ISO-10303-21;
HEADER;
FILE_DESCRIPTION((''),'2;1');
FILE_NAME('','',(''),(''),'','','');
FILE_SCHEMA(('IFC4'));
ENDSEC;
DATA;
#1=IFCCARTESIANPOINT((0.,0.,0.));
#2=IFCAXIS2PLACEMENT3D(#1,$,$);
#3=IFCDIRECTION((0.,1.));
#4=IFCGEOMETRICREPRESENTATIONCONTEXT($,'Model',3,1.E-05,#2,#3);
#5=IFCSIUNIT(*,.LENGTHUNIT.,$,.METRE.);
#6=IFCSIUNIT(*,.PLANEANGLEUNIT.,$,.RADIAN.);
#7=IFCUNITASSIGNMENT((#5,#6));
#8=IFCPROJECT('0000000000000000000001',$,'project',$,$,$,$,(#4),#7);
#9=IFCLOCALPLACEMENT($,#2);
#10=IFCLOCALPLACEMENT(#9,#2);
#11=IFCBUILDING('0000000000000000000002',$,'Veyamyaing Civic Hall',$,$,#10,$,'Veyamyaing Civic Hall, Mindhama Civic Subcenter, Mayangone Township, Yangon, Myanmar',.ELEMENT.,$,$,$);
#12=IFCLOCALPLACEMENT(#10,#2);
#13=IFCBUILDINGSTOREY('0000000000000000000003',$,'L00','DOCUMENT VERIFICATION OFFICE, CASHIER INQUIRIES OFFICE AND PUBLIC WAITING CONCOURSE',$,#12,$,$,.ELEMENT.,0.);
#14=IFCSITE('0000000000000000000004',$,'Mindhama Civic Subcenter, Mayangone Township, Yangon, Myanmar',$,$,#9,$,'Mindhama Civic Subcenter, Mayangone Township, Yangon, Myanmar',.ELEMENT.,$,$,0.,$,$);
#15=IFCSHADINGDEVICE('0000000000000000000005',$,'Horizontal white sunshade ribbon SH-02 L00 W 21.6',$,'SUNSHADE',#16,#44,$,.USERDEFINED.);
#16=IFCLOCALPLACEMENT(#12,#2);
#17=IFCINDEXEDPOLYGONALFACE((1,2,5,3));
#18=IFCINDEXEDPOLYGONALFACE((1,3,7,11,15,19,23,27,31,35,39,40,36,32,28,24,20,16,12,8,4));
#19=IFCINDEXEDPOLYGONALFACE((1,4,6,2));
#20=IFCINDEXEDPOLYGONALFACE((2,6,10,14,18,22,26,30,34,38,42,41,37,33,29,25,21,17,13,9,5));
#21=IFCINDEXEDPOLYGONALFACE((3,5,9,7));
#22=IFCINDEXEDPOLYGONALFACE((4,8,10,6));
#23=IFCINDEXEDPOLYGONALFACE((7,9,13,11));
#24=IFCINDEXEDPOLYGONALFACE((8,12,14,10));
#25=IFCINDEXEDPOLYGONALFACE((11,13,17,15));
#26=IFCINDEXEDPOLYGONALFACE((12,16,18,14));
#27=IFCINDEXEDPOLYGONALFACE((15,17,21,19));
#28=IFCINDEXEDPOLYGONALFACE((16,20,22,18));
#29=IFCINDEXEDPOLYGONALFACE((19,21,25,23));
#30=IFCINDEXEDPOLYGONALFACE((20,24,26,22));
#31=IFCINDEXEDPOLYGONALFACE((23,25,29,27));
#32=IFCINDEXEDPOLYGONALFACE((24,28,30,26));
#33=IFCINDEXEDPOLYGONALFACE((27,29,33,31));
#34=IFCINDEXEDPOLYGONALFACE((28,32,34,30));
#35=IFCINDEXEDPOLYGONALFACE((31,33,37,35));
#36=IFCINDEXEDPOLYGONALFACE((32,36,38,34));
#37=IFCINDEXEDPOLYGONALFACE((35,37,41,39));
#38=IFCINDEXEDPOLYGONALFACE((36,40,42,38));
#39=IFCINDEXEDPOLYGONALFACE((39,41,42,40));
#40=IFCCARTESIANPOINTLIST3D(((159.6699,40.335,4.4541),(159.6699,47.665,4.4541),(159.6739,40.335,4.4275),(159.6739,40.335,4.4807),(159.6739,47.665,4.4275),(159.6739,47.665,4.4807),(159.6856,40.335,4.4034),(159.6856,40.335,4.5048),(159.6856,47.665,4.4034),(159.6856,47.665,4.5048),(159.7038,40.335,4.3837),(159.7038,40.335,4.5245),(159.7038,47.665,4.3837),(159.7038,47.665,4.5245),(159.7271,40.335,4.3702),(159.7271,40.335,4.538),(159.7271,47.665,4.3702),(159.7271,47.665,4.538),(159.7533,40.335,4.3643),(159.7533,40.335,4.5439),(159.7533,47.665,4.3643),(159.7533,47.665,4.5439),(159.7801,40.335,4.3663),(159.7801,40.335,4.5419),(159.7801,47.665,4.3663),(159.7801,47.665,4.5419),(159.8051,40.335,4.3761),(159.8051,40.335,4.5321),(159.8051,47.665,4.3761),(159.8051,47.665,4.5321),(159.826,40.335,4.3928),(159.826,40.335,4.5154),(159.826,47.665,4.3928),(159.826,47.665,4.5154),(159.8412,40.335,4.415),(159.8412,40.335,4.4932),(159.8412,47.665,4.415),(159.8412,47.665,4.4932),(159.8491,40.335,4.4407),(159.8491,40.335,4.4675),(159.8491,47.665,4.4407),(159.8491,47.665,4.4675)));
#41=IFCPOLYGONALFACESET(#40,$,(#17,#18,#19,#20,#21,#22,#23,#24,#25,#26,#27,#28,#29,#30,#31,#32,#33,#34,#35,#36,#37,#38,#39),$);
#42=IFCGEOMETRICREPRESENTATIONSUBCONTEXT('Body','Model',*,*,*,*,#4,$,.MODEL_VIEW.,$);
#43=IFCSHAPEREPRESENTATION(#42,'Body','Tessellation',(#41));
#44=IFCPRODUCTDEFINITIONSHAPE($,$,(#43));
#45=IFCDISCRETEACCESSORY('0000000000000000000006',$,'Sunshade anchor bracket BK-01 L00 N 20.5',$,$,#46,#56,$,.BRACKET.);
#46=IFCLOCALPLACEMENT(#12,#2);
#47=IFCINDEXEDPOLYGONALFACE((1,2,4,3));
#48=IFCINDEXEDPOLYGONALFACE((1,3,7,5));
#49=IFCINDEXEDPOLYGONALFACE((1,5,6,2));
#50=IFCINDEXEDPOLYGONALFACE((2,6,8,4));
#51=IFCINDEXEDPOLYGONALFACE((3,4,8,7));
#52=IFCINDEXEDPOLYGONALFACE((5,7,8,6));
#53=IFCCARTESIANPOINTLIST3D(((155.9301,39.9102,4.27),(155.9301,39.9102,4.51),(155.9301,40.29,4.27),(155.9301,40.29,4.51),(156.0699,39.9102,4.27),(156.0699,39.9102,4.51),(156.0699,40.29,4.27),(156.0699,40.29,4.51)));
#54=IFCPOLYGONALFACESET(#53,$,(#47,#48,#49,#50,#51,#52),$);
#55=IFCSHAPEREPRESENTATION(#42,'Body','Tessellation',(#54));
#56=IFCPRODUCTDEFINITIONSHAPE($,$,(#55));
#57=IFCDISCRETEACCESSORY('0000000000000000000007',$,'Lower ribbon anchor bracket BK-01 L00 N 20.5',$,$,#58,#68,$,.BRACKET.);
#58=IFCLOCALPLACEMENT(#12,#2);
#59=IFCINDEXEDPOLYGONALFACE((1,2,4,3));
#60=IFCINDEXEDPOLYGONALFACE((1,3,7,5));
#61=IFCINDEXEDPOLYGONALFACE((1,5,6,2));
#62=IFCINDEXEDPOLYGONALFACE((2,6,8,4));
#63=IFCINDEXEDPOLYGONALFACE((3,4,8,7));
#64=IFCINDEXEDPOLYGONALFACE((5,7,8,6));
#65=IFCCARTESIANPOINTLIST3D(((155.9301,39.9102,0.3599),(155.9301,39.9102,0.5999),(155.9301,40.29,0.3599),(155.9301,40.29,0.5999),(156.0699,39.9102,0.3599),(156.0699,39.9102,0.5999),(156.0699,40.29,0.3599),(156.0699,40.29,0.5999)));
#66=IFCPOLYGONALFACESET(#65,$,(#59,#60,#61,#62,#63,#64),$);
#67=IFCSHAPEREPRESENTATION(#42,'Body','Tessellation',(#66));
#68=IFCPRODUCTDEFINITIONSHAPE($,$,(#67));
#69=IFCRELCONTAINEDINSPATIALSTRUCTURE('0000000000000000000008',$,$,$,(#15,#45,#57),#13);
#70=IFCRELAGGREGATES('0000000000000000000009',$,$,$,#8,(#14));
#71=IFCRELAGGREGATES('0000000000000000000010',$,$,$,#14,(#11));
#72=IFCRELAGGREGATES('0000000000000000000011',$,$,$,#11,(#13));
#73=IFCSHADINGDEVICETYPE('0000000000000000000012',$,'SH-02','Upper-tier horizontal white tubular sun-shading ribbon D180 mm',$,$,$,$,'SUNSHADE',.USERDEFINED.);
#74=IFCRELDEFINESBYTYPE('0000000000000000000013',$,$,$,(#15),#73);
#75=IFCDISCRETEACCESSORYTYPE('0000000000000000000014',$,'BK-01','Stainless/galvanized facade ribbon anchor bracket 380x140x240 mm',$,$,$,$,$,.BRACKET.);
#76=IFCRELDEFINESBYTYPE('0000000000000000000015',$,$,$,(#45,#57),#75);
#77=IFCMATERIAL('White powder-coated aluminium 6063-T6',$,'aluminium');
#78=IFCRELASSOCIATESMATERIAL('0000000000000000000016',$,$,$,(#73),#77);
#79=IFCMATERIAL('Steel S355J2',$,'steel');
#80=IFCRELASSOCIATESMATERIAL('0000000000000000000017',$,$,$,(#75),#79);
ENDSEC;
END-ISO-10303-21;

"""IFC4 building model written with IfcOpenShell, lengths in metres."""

from ifc_helpers import new_model, si_unit, direction, frame, origin, origin_2d, place, context, subcontext, project, spatial, rectangle, circle, extrude, material, material_profile, profile_set, type_object, element, save


model = new_model("IFC4")

# Units and contexts
model_context = context("Model", 3, precision=1e-05, world=origin(), true_north=direction((0.0, 1.0)))
body_context = subcontext(model_context, "Body", "Model", "MODEL_VIEW")
ifc_project = project(units=[si_unit("LENGTHUNIT", "METRE"), si_unit("PLANEANGLEUNIT", "RADIAN")], contexts=[model_context])

# Site, building, storey
site_placement = place(None, origin())
site = spatial("IfcSite", under=ifc_project, at=site_placement, Name="Mindhama Civic Subcenter, Mayangone Township, Yangon, Myanmar", LongName="Mindhama Civic Subcenter, Mayangone Township, Yangon, Myanmar", CompositionType="ELEMENT", RefElevation=0.0)
building_placement = place(site_placement, origin())
building = spatial("IfcBuilding", under=site, at=building_placement, Name="Veyamyaing Civic Hall", LongName="Veyamyaing Civic Hall, Mindhama Civic Subcenter, Mayangone Township, Yangon, Myanmar", CompositionType="ELEMENT")
storey_placement = place(building_placement, origin())
storey = spatial("IfcBuildingStorey", under=building, at=storey_placement, Name="L00", Description="DOCUMENT VERIFICATION OFFICE, CASHIER INQUIRIES OFFICE AND PUBLIC WAITING CONCOURSE", CompositionType="ELEMENT", Elevation=0.0)

# Shared definitions
ifc_material_1 = material(Name="White powder-coated aluminium 6063-T6", Category="aluminium")

# Shading device
ifc_material_profile_1 = material_profile(ifc_material_1, circle(Radius=0.0901, at=origin_2d()), Name="SHADE-TUBE-180")
ifc_profile_set_1 = profile_set([ifc_material_profile_1], Name="White powder-coated aluminium 6063-T6")
shading_device_type = type_object("IfcShadingDeviceType", Name="SH-02", Description="Upper-tier horizontal white tubular sun-shading ribbon D180 mm", ElementType="SUNSHADE", PredefinedType="USERDEFINED", material=ifc_profile_set_1)
shading_device_placement = place(storey_placement, frame((159.76, 40.335, 4.4541), z_axis=(0.0, 1.0, 0.0), x_axis=(-1.0, 0.0, 0.0)))
element("IfcShadingDevice", 1, at=shading_device_placement, inside=storey, type_object=shading_device_type, Name="Horizontal white sunshade ribbon SH-02 L00 W 21.6", ObjectType="SUNSHADE", PredefinedType="USERDEFINED", context=body_context, shape_type="SweptSolid", body=[
    extrude(circle(Radius=0.0901, at=origin_2d()), origin(), (0.0, 0.0, 1.0), 7.3301),
])

# Discrete accessories
ifc_material_2 = material(Name="Steel S355J2", Category="steel")
discrete_accessory_type = type_object("IfcDiscreteAccessoryType", Name="BK-01", Description="Stainless/galvanized facade ribbon anchor bracket 380x140x240 mm", PredefinedType="BRACKET", material=ifc_material_2)
for number, where, z_axis, x_axis, name in (
    (2, (156.0, 40.1001, 4.27), (0.0, 0.0, 1.0), (0.0, 1.0, 0.0), "Sunshade anchor bracket BK-01 L00 N 20.5"),
    (3, (156.0, 40.1001, 0.3599), (0.0, 0.0, 1.0), (0.0, 1.0, 0.0), "Lower ribbon anchor bracket BK-01 L00 N 20.5"),
):
    element("IfcDiscreteAccessory", number, at=place(storey_placement, frame(where, z_axis=z_axis, x_axis=x_axis)), inside=storey, type_object=discrete_accessory_type, Name=name, PredefinedType="BRACKET", context=body_context, shape_type="SweptSolid", body=[
        extrude(rectangle(XDim=0.3799, YDim=0.1399, at=origin_2d()), origin(), (0.0, 0.0, 1.0), 0.24),
    ])

save(model, "model.ifc")
